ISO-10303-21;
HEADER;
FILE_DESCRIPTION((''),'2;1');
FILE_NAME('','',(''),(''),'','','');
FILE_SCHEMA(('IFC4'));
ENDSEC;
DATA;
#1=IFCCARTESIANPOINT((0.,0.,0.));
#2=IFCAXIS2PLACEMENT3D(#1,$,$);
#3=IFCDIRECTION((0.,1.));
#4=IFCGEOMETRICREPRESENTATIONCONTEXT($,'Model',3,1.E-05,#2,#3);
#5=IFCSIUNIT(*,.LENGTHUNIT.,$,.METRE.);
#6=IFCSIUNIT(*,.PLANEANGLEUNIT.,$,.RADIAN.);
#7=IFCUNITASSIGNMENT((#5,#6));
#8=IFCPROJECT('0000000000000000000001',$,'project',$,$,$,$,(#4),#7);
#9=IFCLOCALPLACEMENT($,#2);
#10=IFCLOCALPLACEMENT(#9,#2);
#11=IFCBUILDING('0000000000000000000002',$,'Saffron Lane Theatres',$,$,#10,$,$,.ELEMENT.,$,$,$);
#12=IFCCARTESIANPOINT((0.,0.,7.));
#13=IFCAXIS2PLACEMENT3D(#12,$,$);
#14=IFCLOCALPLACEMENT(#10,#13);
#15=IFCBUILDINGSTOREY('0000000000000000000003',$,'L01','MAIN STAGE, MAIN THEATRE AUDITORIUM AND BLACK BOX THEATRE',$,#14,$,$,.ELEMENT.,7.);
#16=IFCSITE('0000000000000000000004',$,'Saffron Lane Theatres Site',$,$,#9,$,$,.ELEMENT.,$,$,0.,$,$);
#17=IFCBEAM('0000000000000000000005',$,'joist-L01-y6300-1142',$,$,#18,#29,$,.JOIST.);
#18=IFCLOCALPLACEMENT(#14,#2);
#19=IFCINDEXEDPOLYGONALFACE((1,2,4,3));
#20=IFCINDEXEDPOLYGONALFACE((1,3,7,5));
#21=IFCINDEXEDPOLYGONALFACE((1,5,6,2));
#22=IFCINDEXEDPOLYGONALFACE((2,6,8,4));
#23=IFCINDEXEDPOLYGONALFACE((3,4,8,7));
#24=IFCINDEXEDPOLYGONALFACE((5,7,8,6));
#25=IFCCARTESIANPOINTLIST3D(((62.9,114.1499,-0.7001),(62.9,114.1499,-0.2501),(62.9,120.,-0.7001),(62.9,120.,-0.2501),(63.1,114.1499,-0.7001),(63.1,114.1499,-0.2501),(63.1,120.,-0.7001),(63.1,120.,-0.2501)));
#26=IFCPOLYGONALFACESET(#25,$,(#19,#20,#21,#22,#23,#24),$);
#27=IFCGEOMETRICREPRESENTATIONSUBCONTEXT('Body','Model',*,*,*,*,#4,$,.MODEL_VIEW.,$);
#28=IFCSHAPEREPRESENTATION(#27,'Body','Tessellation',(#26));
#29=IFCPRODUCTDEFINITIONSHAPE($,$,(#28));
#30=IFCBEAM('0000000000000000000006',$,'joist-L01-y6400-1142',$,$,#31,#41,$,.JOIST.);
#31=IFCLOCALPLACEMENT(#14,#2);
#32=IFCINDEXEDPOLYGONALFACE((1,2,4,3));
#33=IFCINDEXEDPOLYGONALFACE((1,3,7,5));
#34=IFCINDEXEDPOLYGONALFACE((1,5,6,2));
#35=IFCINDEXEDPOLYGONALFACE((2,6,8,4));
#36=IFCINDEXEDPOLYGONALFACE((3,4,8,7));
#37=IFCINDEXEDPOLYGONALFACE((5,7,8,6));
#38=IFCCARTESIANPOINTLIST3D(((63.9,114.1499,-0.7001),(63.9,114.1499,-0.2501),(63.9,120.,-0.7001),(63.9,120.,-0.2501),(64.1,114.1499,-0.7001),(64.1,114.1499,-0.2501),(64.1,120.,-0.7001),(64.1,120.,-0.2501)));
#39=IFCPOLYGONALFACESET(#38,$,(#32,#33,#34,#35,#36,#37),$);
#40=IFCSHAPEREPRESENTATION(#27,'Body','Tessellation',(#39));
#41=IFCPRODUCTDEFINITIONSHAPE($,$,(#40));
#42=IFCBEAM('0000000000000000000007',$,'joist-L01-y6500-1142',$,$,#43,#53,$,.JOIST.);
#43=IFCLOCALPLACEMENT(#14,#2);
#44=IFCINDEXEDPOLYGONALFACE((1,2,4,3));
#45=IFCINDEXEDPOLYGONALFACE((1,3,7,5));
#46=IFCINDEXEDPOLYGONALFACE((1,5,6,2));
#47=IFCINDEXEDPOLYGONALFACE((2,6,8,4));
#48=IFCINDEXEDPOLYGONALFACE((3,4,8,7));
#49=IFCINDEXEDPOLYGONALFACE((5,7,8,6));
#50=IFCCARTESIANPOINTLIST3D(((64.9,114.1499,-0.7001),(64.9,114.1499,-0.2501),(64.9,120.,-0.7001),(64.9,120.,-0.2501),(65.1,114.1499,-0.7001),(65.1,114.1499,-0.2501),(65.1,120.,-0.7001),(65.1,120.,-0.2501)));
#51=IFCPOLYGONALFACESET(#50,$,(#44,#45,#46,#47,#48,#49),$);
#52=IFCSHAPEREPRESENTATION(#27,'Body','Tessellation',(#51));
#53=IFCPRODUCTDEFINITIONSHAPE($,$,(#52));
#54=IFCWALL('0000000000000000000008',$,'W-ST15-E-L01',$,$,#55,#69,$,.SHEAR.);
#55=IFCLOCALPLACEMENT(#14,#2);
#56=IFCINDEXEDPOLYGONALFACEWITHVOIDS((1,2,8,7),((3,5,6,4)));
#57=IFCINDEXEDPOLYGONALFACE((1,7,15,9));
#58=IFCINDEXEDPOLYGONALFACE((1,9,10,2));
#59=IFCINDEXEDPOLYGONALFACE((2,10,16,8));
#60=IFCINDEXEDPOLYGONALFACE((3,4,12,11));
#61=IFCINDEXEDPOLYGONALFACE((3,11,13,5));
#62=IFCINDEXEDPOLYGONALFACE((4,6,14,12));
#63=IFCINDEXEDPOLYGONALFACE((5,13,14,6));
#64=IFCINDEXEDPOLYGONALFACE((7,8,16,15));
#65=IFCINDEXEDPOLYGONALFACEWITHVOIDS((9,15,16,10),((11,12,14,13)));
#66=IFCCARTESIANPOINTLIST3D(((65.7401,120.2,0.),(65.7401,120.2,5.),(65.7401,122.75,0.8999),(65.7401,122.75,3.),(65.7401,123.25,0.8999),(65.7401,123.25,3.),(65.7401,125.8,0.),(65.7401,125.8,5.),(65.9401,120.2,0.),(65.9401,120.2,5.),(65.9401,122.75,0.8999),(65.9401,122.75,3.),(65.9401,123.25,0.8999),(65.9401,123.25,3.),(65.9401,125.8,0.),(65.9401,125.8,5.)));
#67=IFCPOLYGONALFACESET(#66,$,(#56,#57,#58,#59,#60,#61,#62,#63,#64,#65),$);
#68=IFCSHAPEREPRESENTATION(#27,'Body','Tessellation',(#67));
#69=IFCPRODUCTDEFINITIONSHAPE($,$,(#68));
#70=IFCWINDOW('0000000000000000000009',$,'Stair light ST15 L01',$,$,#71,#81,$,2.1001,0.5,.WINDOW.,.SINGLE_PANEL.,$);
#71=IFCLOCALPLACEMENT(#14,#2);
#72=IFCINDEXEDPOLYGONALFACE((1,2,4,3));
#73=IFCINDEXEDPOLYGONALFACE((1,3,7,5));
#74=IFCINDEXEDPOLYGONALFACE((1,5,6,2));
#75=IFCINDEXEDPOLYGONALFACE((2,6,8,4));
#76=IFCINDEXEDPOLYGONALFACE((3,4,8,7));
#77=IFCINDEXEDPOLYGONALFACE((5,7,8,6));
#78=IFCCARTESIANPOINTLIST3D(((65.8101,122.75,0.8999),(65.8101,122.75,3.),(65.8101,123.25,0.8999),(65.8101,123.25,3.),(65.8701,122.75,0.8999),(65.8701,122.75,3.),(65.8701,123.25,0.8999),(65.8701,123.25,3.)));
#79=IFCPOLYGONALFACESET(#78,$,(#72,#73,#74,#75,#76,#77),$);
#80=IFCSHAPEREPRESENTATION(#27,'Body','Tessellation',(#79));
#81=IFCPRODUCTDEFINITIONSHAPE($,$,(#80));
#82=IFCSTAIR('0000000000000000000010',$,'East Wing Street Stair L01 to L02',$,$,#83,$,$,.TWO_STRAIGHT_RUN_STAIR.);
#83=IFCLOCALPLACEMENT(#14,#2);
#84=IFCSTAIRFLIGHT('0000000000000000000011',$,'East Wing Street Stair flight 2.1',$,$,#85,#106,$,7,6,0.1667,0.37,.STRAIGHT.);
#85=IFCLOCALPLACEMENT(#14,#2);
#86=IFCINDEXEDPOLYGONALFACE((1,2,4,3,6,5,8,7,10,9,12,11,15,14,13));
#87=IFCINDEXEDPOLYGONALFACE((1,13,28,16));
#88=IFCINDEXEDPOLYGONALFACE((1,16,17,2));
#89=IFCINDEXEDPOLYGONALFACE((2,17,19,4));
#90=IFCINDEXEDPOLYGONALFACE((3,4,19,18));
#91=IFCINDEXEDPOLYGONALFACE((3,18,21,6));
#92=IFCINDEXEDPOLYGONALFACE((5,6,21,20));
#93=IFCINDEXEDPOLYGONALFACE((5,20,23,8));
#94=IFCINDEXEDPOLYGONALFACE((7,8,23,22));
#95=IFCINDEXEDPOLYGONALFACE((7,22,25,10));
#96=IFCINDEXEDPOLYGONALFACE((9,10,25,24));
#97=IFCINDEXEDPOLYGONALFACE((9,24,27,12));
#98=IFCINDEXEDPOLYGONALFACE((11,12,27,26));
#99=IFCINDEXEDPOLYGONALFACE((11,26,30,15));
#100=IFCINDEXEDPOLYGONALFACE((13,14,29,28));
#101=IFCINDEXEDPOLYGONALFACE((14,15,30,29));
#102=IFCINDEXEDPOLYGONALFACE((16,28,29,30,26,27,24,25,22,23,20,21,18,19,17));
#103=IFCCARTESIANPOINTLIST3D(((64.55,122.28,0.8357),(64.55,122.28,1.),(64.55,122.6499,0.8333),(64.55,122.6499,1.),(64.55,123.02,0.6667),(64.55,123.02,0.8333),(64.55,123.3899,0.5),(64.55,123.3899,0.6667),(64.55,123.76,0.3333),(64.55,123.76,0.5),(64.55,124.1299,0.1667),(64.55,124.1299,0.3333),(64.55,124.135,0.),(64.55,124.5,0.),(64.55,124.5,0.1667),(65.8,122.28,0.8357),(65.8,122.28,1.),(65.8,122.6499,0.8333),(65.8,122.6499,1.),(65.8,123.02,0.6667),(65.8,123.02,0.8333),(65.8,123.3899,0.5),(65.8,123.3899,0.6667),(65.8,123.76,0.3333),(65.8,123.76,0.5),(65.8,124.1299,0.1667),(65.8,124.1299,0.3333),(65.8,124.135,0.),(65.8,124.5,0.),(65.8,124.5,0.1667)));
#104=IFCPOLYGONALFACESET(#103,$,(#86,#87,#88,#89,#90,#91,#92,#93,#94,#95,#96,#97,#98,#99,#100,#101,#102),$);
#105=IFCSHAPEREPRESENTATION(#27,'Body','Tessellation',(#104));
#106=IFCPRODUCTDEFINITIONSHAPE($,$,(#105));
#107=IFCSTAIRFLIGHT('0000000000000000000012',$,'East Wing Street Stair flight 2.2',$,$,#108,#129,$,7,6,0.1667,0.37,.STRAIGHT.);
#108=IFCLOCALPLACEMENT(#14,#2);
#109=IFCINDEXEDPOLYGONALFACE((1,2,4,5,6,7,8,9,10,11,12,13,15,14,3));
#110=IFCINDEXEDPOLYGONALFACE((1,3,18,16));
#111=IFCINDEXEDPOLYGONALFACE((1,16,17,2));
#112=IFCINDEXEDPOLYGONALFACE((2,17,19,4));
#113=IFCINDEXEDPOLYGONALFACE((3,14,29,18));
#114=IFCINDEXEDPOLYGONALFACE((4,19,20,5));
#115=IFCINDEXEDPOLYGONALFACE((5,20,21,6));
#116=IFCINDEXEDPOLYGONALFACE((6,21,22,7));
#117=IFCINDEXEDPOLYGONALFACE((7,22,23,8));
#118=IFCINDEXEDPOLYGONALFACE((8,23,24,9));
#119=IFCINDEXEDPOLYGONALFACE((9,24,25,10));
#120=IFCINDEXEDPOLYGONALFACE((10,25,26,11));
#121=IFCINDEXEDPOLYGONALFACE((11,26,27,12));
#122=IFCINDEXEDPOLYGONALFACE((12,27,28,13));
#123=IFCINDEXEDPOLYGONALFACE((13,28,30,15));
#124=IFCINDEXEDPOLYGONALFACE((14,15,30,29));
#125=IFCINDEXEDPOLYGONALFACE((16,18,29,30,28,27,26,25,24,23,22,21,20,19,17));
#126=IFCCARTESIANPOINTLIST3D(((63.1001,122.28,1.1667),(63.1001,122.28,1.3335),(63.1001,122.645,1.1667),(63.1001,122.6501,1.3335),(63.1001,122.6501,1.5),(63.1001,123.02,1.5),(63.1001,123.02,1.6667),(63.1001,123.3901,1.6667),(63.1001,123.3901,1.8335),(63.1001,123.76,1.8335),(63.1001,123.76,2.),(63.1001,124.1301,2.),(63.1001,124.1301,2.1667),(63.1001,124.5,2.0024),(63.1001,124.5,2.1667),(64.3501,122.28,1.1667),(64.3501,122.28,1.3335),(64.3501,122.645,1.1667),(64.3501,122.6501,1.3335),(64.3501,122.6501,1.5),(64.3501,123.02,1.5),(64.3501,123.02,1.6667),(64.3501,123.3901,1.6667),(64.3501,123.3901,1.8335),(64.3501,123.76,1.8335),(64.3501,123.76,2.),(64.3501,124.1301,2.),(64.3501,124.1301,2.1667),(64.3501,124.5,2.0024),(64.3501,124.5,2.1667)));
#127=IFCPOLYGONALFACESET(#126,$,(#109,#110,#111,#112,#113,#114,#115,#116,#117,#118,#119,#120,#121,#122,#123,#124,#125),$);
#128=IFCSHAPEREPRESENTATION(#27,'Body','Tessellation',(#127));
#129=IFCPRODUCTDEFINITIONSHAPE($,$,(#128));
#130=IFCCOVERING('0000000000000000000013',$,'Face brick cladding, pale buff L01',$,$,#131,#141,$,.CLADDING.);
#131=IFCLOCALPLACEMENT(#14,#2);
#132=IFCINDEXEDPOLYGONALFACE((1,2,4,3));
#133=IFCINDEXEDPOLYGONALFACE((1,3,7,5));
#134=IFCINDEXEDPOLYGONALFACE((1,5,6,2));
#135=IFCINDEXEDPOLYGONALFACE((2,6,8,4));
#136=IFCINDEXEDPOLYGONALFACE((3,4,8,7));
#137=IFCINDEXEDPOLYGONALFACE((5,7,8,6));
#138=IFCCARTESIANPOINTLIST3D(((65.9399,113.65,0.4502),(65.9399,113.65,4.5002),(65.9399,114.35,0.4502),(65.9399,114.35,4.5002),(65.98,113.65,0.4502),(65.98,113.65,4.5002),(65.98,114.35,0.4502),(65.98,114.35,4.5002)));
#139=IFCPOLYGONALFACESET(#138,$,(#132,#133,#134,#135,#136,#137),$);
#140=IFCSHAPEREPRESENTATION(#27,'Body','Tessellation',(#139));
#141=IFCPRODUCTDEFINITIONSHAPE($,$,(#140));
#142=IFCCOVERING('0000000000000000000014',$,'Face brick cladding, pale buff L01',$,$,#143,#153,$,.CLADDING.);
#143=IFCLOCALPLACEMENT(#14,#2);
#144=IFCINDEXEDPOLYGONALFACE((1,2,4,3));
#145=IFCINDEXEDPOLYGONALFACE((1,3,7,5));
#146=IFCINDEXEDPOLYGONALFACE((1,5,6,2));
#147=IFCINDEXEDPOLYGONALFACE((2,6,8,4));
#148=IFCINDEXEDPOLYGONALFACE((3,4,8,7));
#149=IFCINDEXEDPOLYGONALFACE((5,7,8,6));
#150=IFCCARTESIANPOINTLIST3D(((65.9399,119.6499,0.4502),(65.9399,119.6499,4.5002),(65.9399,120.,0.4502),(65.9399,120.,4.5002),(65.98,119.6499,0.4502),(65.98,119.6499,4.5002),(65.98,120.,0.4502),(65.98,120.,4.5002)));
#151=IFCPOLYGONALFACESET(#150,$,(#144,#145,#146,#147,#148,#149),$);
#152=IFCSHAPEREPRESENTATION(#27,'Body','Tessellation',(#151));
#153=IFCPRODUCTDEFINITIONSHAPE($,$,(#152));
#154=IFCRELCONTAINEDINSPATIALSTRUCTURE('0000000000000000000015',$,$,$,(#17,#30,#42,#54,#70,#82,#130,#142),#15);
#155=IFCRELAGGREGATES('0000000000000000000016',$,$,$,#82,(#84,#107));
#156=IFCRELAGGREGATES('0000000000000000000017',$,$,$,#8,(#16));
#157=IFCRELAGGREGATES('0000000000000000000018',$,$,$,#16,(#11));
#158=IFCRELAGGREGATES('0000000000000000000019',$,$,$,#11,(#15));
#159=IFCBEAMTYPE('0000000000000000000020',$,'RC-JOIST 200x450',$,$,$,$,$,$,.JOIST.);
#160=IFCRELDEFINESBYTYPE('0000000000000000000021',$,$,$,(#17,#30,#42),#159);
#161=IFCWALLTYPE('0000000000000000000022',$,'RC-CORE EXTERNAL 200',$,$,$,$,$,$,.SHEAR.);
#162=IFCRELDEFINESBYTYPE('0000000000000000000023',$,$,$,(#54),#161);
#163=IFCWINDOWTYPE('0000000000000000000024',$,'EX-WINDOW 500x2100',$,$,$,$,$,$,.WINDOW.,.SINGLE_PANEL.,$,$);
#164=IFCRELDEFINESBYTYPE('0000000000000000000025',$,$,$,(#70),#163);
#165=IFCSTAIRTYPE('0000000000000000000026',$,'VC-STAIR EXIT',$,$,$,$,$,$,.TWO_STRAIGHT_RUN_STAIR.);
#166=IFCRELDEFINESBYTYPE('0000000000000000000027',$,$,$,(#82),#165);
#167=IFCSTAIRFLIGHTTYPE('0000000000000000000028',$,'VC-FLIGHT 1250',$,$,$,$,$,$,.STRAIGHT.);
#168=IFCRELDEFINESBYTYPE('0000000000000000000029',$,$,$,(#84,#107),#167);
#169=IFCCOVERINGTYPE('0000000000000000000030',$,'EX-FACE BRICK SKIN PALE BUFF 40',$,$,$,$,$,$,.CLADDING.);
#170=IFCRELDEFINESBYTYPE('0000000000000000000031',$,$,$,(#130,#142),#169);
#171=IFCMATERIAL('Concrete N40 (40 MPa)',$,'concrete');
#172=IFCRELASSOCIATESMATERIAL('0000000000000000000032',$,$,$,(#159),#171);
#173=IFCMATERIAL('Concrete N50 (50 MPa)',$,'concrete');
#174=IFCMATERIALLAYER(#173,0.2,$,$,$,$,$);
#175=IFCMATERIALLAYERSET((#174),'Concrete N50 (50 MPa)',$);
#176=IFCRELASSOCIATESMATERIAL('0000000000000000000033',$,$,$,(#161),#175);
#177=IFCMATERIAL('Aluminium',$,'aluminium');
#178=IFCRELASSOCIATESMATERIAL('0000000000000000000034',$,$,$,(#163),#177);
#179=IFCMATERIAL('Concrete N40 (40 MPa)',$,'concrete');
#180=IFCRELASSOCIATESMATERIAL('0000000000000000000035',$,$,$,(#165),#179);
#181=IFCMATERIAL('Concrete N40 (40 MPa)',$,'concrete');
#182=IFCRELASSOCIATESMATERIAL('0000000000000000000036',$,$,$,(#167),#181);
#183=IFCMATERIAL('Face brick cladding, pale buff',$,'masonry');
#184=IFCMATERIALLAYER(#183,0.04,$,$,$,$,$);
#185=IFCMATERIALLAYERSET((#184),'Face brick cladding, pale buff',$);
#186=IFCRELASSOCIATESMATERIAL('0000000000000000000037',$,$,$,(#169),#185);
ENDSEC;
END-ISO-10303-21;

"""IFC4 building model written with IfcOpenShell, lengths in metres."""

from ifc_helpers import new_model, si_unit, direction, frame, frame_2d, origin, origin_2d, place, context, subcontext, project, spatial, polyline, rectangle, outline, extrude, material, layer, layer_set, material_profile, profile_set, type_object, element, fill, aggregate, save


model = new_model("IFC4")

# Units and contexts
model_context = context("Model", 3, precision=1e-05, world=origin(), true_north=direction((0.0, 1.0)))
body_context = subcontext(model_context, "Body", "Model", "MODEL_VIEW")
ifc_project = project(units=[si_unit("LENGTHUNIT", "METRE"), si_unit("PLANEANGLEUNIT", "RADIAN")], contexts=[model_context])

# Site, building, storey
site_placement = place(None, origin())
site = spatial("IfcSite", under=ifc_project, at=site_placement, Name="Saffron Lane Theatres Site", CompositionType="ELEMENT", RefElevation=0.0)
building_placement = place(site_placement, origin())
building = spatial("IfcBuilding", under=site, at=building_placement, Name="Saffron Lane Theatres", CompositionType="ELEMENT")
storey_placement = place(building_placement, frame((0.0, 0.0, 7.0)))
storey = spatial("IfcBuildingStorey", under=building, at=storey_placement, Name="L01", Description="MAIN STAGE, MAIN THEATRE AUDITORIUM AND BLACK BOX THEATRE", CompositionType="ELEMENT", Elevation=7.0)

# Beams
ifc_material_1 = material(Name="Concrete N40 (40 MPa)", Category="concrete")
ifc_material_profile = material_profile(ifc_material_1, rectangle(XDim=0.2, YDim=0.45, at=origin_2d()))
ifc_profile_set = profile_set([ifc_material_profile], Name="Concrete N40 (40 MPa)")
beam_type = type_object("IfcBeamType", Name="RC-JOIST 200x450", PredefinedType="JOIST", material=ifc_profile_set)
for number, where, z_axis, x_axis, name in (
    (1, (63.0, 114.1499, -0.4751), (0.0, 1.0, 0.0), (-1.0, 0.0, 0.0), "joist-L01-y6300-1142"),
    (2, (64.0, 114.1499, -0.4751), (0.0, 1.0, 0.0), (-1.0, 0.0, 0.0), "joist-L01-y6400-1142"),
    (3, (65.0, 114.1499, -0.4751), (0.0, 1.0, 0.0), (-1.0, 0.0, 0.0), "joist-L01-y6500-1142"),
):
    element("IfcBeam", number, at=place(storey_placement, frame(where, z_axis=z_axis, x_axis=x_axis)), inside=storey, type_object=beam_type, Name=name, PredefinedType="JOIST", context=body_context, shape_type="SweptSolid", body=[
        extrude(rectangle(XDim=0.2, YDim=0.45, at=origin_2d()), origin(), (0.0, 0.0, 1.0), 5.8501),
    ])

# Wall, opening, window
ifc_material_2 = material(Name="Concrete N50 (50 MPa)", Category="concrete")
ifc_layer_1 = layer(ifc_material_2, 0.2)
ifc_layer_set_1 = layer_set([ifc_layer_1], Name="Concrete N50 (50 MPa)")
wall_type = type_object("IfcWallType", Name="RC-CORE EXTERNAL 200", PredefinedType="SHEAR", material=ifc_layer_set_1)
wall_placement = place(storey_placement, frame((65.8401, 120.2, 0.0), z_axis=(0.0, 0.0, 1.0), x_axis=(0.0, 1.0, 0.0)))
wall = element("IfcWall", 4, at=wall_placement, inside=storey, type_object=wall_type, Name="W-ST15-E-L01", PredefinedType="SHEAR", context=body_context, shape_type="SweptSolid", body=[
    extrude(rectangle(XDim=5.6001, YDim=0.2, at=frame_2d((2.8, 0.0))), origin(), (0.0, 0.0, 1.0), 5.0),
])
opening_placement = place(wall_placement, frame((2.55, 0.0, 0.8999)))
opening = element("IfcOpeningElement", 5, at=opening_placement, cuts=wall, PredefinedType="OPENING", context=body_context, shape_type="SweptSolid", body=[
    extrude(rectangle(XDim=0.5, YDim=2.1001, at=frame_2d((0.25, 1.05))), frame((0.0, 0.1099, 0.0), z_axis=(0.0, -1.0, 0.0), x_axis=(1.0, 0.0, 0.0)), (0.0, 0.0, 1.0), 0.22),
])
ifc_material_3 = material(Name="Aluminium", Category="aluminium")
window_type = type_object("IfcWindowType", Name="EX-WINDOW 500x2100", PartitioningType="SINGLE_PANEL", PredefinedType="WINDOW", material=ifc_material_3)
window_placement = place(opening_placement, origin())
window = element("IfcWindow", 6, at=window_placement, inside=storey, type_object=window_type, Name="Stair light ST15 L01", OverallHeight=2.1001, OverallWidth=0.5, PartitioningType="SINGLE_PANEL", PredefinedType="WINDOW", context=body_context, shape_type="SweptSolid", body=[
    extrude(rectangle(XDim=0.5, YDim=2.1001, at=frame_2d((0.25, 1.05))), frame((0.0, 0.03, 0.0), z_axis=(0.0, -1.0, 0.0), x_axis=(1.0, 0.0, 0.0)), (0.0, 0.0, 1.0), 0.0601),
])
fill(opening, window)

# Stair, stair flights
ifc_material_4 = material(Name="Concrete N40 (40 MPa)", Category="concrete")
stair_type = type_object("IfcStairType", Name="VC-STAIR EXIT", PredefinedType="TWO_STRAIGHT_RUN_STAIR", material=ifc_material_4)
stair_placement = place(storey_placement, origin())
stair = element("IfcStair", 7, at=stair_placement, inside=storey, type_object=stair_type, Name="East Wing Street Stair L01 to L02", PredefinedType="TWO_STRAIGHT_RUN_STAIR")
ifc_material_5 = material(Name="Concrete N40 (40 MPa)", Category="concrete")
stair_flight_type = type_object("IfcStairFlightType", Name="VC-FLIGHT 1250", PredefinedType="STRAIGHT", material=ifc_material_5)
stair_flight_1_placement = place(storey_placement, frame((65.175, 124.5, 0.0), z_axis=(0.0, 0.0, 1.0), x_axis=(0.0, -1.0, 0.0)))
stair_flight_1 = element("IfcStairFlight", 8, at=stair_flight_1_placement, type_object=stair_flight_type, Name="East Wing Street Stair flight 2.1", NumberOfRisers=7, NumberOfTreads=6, PredefinedType="STRAIGHT", RiserHeight=0.1667, TreadLength=0.37, context=body_context, shape_type="SweptSolid", body=[
    extrude(outline(polyline([(0.0, 0.0), (0.0, 0.1667), (0.3701, 0.1667), (0.3701, 0.3333), (0.74, 0.3333), (0.74, 0.5), (1.1101, 0.5), (1.1101, 0.6667), (1.48, 0.6667), (1.48, 0.8333), (1.8501, 0.8333), (1.8501, 1.0), (2.22, 1.0), (2.22, 1.1667), (2.22, 0.8357), (0.365, 0.0), (0.0, 0.0)])), frame((0.0, 0.625, 0.0), z_axis=(0.0, -1.0, 0.0), x_axis=(1.0, 0.0, 0.0)), (0.0, 0.0, 1.0), 1.25),
])
stair_flight_2_placement = place(storey_placement, frame((63.7251, 122.28, 1.1667), z_axis=(0.0, 0.0, 1.0), x_axis=(0.0, 1.0, 0.0)))
stair_flight_2 = element("IfcStairFlight", 9, at=stair_flight_2_placement, type_object=stair_flight_type, Name="East Wing Street Stair flight 2.2", NumberOfRisers=7, NumberOfTreads=6, PredefinedType="STRAIGHT", RiserHeight=0.1667, TreadLength=0.37, context=body_context, shape_type="SweptSolid", body=[
    extrude(outline(polyline([(0.0, 0.0), (0.0, 0.1667), (0.3701, 0.1667), (0.3701, 0.3333), (0.74, 0.3333), (0.74, 0.5), (1.1101, 0.5), (1.1101, 0.6667), (1.48, 0.6667), (1.48, 0.8333), (1.8501, 0.8333), (1.8501, 1.0), (2.22, 1.0), (2.22, 1.1667), (2.22, 0.8357), (0.365, 0.0), (0.0, 0.0)])), frame((0.0, 0.625, 0.0), z_axis=(0.0, -1.0, 0.0), x_axis=(1.0, 0.0, 0.0)), (0.0, 0.0, 1.0), 1.25),
])
aggregate(stair, [stair_flight_1, stair_flight_2])

# Coverings
ifc_material_6 = material(Name="Face brick cladding, pale buff", Category="masonry")
ifc_layer_2 = layer(ifc_material_6, 0.04)
ifc_layer_set_2 = layer_set([ifc_layer_2], Name="Face brick cladding, pale buff")
covering_type_1 = type_object("IfcCoveringType", Name="EX-FACE BRICK SKIN PALE BUFF 40", PredefinedType="CLADDING", material=ifc_layer_set_2)
covering_1_placement = place(storey_placement, frame((65.96, 114.0, 0.4502), z_axis=(0.0, 0.0, 1.0), x_axis=(0.0, 1.0, 0.0)))
element("IfcCovering", 10, at=covering_1_placement, inside=storey, type_object=covering_type_1, Name="Face brick cladding, pale buff L01", PredefinedType="CLADDING", context=body_context, shape_type="SweptSolid", body=[
    extrude(rectangle(XDim=0.7, YDim=0.04, at=origin_2d()), origin(), (0.0, 0.0, 1.0), 4.05),
])
covering_2_placement = place(storey_placement, frame((65.96, 119.825, 0.4502), z_axis=(0.0, 0.0, 1.0), x_axis=(0.0, 1.0, 0.0)))
element("IfcCovering", 11, at=covering_2_placement, inside=storey, type_object=covering_type_1, Name="Face brick cladding, pale buff L01", PredefinedType="CLADDING", context=body_context, shape_type="SweptSolid", body=[
    extrude(rectangle(XDim=0.3501, YDim=0.04, at=origin_2d()), origin(), (0.0, 0.0, 1.0), 4.05),
])

save(model, "model.ifc")
